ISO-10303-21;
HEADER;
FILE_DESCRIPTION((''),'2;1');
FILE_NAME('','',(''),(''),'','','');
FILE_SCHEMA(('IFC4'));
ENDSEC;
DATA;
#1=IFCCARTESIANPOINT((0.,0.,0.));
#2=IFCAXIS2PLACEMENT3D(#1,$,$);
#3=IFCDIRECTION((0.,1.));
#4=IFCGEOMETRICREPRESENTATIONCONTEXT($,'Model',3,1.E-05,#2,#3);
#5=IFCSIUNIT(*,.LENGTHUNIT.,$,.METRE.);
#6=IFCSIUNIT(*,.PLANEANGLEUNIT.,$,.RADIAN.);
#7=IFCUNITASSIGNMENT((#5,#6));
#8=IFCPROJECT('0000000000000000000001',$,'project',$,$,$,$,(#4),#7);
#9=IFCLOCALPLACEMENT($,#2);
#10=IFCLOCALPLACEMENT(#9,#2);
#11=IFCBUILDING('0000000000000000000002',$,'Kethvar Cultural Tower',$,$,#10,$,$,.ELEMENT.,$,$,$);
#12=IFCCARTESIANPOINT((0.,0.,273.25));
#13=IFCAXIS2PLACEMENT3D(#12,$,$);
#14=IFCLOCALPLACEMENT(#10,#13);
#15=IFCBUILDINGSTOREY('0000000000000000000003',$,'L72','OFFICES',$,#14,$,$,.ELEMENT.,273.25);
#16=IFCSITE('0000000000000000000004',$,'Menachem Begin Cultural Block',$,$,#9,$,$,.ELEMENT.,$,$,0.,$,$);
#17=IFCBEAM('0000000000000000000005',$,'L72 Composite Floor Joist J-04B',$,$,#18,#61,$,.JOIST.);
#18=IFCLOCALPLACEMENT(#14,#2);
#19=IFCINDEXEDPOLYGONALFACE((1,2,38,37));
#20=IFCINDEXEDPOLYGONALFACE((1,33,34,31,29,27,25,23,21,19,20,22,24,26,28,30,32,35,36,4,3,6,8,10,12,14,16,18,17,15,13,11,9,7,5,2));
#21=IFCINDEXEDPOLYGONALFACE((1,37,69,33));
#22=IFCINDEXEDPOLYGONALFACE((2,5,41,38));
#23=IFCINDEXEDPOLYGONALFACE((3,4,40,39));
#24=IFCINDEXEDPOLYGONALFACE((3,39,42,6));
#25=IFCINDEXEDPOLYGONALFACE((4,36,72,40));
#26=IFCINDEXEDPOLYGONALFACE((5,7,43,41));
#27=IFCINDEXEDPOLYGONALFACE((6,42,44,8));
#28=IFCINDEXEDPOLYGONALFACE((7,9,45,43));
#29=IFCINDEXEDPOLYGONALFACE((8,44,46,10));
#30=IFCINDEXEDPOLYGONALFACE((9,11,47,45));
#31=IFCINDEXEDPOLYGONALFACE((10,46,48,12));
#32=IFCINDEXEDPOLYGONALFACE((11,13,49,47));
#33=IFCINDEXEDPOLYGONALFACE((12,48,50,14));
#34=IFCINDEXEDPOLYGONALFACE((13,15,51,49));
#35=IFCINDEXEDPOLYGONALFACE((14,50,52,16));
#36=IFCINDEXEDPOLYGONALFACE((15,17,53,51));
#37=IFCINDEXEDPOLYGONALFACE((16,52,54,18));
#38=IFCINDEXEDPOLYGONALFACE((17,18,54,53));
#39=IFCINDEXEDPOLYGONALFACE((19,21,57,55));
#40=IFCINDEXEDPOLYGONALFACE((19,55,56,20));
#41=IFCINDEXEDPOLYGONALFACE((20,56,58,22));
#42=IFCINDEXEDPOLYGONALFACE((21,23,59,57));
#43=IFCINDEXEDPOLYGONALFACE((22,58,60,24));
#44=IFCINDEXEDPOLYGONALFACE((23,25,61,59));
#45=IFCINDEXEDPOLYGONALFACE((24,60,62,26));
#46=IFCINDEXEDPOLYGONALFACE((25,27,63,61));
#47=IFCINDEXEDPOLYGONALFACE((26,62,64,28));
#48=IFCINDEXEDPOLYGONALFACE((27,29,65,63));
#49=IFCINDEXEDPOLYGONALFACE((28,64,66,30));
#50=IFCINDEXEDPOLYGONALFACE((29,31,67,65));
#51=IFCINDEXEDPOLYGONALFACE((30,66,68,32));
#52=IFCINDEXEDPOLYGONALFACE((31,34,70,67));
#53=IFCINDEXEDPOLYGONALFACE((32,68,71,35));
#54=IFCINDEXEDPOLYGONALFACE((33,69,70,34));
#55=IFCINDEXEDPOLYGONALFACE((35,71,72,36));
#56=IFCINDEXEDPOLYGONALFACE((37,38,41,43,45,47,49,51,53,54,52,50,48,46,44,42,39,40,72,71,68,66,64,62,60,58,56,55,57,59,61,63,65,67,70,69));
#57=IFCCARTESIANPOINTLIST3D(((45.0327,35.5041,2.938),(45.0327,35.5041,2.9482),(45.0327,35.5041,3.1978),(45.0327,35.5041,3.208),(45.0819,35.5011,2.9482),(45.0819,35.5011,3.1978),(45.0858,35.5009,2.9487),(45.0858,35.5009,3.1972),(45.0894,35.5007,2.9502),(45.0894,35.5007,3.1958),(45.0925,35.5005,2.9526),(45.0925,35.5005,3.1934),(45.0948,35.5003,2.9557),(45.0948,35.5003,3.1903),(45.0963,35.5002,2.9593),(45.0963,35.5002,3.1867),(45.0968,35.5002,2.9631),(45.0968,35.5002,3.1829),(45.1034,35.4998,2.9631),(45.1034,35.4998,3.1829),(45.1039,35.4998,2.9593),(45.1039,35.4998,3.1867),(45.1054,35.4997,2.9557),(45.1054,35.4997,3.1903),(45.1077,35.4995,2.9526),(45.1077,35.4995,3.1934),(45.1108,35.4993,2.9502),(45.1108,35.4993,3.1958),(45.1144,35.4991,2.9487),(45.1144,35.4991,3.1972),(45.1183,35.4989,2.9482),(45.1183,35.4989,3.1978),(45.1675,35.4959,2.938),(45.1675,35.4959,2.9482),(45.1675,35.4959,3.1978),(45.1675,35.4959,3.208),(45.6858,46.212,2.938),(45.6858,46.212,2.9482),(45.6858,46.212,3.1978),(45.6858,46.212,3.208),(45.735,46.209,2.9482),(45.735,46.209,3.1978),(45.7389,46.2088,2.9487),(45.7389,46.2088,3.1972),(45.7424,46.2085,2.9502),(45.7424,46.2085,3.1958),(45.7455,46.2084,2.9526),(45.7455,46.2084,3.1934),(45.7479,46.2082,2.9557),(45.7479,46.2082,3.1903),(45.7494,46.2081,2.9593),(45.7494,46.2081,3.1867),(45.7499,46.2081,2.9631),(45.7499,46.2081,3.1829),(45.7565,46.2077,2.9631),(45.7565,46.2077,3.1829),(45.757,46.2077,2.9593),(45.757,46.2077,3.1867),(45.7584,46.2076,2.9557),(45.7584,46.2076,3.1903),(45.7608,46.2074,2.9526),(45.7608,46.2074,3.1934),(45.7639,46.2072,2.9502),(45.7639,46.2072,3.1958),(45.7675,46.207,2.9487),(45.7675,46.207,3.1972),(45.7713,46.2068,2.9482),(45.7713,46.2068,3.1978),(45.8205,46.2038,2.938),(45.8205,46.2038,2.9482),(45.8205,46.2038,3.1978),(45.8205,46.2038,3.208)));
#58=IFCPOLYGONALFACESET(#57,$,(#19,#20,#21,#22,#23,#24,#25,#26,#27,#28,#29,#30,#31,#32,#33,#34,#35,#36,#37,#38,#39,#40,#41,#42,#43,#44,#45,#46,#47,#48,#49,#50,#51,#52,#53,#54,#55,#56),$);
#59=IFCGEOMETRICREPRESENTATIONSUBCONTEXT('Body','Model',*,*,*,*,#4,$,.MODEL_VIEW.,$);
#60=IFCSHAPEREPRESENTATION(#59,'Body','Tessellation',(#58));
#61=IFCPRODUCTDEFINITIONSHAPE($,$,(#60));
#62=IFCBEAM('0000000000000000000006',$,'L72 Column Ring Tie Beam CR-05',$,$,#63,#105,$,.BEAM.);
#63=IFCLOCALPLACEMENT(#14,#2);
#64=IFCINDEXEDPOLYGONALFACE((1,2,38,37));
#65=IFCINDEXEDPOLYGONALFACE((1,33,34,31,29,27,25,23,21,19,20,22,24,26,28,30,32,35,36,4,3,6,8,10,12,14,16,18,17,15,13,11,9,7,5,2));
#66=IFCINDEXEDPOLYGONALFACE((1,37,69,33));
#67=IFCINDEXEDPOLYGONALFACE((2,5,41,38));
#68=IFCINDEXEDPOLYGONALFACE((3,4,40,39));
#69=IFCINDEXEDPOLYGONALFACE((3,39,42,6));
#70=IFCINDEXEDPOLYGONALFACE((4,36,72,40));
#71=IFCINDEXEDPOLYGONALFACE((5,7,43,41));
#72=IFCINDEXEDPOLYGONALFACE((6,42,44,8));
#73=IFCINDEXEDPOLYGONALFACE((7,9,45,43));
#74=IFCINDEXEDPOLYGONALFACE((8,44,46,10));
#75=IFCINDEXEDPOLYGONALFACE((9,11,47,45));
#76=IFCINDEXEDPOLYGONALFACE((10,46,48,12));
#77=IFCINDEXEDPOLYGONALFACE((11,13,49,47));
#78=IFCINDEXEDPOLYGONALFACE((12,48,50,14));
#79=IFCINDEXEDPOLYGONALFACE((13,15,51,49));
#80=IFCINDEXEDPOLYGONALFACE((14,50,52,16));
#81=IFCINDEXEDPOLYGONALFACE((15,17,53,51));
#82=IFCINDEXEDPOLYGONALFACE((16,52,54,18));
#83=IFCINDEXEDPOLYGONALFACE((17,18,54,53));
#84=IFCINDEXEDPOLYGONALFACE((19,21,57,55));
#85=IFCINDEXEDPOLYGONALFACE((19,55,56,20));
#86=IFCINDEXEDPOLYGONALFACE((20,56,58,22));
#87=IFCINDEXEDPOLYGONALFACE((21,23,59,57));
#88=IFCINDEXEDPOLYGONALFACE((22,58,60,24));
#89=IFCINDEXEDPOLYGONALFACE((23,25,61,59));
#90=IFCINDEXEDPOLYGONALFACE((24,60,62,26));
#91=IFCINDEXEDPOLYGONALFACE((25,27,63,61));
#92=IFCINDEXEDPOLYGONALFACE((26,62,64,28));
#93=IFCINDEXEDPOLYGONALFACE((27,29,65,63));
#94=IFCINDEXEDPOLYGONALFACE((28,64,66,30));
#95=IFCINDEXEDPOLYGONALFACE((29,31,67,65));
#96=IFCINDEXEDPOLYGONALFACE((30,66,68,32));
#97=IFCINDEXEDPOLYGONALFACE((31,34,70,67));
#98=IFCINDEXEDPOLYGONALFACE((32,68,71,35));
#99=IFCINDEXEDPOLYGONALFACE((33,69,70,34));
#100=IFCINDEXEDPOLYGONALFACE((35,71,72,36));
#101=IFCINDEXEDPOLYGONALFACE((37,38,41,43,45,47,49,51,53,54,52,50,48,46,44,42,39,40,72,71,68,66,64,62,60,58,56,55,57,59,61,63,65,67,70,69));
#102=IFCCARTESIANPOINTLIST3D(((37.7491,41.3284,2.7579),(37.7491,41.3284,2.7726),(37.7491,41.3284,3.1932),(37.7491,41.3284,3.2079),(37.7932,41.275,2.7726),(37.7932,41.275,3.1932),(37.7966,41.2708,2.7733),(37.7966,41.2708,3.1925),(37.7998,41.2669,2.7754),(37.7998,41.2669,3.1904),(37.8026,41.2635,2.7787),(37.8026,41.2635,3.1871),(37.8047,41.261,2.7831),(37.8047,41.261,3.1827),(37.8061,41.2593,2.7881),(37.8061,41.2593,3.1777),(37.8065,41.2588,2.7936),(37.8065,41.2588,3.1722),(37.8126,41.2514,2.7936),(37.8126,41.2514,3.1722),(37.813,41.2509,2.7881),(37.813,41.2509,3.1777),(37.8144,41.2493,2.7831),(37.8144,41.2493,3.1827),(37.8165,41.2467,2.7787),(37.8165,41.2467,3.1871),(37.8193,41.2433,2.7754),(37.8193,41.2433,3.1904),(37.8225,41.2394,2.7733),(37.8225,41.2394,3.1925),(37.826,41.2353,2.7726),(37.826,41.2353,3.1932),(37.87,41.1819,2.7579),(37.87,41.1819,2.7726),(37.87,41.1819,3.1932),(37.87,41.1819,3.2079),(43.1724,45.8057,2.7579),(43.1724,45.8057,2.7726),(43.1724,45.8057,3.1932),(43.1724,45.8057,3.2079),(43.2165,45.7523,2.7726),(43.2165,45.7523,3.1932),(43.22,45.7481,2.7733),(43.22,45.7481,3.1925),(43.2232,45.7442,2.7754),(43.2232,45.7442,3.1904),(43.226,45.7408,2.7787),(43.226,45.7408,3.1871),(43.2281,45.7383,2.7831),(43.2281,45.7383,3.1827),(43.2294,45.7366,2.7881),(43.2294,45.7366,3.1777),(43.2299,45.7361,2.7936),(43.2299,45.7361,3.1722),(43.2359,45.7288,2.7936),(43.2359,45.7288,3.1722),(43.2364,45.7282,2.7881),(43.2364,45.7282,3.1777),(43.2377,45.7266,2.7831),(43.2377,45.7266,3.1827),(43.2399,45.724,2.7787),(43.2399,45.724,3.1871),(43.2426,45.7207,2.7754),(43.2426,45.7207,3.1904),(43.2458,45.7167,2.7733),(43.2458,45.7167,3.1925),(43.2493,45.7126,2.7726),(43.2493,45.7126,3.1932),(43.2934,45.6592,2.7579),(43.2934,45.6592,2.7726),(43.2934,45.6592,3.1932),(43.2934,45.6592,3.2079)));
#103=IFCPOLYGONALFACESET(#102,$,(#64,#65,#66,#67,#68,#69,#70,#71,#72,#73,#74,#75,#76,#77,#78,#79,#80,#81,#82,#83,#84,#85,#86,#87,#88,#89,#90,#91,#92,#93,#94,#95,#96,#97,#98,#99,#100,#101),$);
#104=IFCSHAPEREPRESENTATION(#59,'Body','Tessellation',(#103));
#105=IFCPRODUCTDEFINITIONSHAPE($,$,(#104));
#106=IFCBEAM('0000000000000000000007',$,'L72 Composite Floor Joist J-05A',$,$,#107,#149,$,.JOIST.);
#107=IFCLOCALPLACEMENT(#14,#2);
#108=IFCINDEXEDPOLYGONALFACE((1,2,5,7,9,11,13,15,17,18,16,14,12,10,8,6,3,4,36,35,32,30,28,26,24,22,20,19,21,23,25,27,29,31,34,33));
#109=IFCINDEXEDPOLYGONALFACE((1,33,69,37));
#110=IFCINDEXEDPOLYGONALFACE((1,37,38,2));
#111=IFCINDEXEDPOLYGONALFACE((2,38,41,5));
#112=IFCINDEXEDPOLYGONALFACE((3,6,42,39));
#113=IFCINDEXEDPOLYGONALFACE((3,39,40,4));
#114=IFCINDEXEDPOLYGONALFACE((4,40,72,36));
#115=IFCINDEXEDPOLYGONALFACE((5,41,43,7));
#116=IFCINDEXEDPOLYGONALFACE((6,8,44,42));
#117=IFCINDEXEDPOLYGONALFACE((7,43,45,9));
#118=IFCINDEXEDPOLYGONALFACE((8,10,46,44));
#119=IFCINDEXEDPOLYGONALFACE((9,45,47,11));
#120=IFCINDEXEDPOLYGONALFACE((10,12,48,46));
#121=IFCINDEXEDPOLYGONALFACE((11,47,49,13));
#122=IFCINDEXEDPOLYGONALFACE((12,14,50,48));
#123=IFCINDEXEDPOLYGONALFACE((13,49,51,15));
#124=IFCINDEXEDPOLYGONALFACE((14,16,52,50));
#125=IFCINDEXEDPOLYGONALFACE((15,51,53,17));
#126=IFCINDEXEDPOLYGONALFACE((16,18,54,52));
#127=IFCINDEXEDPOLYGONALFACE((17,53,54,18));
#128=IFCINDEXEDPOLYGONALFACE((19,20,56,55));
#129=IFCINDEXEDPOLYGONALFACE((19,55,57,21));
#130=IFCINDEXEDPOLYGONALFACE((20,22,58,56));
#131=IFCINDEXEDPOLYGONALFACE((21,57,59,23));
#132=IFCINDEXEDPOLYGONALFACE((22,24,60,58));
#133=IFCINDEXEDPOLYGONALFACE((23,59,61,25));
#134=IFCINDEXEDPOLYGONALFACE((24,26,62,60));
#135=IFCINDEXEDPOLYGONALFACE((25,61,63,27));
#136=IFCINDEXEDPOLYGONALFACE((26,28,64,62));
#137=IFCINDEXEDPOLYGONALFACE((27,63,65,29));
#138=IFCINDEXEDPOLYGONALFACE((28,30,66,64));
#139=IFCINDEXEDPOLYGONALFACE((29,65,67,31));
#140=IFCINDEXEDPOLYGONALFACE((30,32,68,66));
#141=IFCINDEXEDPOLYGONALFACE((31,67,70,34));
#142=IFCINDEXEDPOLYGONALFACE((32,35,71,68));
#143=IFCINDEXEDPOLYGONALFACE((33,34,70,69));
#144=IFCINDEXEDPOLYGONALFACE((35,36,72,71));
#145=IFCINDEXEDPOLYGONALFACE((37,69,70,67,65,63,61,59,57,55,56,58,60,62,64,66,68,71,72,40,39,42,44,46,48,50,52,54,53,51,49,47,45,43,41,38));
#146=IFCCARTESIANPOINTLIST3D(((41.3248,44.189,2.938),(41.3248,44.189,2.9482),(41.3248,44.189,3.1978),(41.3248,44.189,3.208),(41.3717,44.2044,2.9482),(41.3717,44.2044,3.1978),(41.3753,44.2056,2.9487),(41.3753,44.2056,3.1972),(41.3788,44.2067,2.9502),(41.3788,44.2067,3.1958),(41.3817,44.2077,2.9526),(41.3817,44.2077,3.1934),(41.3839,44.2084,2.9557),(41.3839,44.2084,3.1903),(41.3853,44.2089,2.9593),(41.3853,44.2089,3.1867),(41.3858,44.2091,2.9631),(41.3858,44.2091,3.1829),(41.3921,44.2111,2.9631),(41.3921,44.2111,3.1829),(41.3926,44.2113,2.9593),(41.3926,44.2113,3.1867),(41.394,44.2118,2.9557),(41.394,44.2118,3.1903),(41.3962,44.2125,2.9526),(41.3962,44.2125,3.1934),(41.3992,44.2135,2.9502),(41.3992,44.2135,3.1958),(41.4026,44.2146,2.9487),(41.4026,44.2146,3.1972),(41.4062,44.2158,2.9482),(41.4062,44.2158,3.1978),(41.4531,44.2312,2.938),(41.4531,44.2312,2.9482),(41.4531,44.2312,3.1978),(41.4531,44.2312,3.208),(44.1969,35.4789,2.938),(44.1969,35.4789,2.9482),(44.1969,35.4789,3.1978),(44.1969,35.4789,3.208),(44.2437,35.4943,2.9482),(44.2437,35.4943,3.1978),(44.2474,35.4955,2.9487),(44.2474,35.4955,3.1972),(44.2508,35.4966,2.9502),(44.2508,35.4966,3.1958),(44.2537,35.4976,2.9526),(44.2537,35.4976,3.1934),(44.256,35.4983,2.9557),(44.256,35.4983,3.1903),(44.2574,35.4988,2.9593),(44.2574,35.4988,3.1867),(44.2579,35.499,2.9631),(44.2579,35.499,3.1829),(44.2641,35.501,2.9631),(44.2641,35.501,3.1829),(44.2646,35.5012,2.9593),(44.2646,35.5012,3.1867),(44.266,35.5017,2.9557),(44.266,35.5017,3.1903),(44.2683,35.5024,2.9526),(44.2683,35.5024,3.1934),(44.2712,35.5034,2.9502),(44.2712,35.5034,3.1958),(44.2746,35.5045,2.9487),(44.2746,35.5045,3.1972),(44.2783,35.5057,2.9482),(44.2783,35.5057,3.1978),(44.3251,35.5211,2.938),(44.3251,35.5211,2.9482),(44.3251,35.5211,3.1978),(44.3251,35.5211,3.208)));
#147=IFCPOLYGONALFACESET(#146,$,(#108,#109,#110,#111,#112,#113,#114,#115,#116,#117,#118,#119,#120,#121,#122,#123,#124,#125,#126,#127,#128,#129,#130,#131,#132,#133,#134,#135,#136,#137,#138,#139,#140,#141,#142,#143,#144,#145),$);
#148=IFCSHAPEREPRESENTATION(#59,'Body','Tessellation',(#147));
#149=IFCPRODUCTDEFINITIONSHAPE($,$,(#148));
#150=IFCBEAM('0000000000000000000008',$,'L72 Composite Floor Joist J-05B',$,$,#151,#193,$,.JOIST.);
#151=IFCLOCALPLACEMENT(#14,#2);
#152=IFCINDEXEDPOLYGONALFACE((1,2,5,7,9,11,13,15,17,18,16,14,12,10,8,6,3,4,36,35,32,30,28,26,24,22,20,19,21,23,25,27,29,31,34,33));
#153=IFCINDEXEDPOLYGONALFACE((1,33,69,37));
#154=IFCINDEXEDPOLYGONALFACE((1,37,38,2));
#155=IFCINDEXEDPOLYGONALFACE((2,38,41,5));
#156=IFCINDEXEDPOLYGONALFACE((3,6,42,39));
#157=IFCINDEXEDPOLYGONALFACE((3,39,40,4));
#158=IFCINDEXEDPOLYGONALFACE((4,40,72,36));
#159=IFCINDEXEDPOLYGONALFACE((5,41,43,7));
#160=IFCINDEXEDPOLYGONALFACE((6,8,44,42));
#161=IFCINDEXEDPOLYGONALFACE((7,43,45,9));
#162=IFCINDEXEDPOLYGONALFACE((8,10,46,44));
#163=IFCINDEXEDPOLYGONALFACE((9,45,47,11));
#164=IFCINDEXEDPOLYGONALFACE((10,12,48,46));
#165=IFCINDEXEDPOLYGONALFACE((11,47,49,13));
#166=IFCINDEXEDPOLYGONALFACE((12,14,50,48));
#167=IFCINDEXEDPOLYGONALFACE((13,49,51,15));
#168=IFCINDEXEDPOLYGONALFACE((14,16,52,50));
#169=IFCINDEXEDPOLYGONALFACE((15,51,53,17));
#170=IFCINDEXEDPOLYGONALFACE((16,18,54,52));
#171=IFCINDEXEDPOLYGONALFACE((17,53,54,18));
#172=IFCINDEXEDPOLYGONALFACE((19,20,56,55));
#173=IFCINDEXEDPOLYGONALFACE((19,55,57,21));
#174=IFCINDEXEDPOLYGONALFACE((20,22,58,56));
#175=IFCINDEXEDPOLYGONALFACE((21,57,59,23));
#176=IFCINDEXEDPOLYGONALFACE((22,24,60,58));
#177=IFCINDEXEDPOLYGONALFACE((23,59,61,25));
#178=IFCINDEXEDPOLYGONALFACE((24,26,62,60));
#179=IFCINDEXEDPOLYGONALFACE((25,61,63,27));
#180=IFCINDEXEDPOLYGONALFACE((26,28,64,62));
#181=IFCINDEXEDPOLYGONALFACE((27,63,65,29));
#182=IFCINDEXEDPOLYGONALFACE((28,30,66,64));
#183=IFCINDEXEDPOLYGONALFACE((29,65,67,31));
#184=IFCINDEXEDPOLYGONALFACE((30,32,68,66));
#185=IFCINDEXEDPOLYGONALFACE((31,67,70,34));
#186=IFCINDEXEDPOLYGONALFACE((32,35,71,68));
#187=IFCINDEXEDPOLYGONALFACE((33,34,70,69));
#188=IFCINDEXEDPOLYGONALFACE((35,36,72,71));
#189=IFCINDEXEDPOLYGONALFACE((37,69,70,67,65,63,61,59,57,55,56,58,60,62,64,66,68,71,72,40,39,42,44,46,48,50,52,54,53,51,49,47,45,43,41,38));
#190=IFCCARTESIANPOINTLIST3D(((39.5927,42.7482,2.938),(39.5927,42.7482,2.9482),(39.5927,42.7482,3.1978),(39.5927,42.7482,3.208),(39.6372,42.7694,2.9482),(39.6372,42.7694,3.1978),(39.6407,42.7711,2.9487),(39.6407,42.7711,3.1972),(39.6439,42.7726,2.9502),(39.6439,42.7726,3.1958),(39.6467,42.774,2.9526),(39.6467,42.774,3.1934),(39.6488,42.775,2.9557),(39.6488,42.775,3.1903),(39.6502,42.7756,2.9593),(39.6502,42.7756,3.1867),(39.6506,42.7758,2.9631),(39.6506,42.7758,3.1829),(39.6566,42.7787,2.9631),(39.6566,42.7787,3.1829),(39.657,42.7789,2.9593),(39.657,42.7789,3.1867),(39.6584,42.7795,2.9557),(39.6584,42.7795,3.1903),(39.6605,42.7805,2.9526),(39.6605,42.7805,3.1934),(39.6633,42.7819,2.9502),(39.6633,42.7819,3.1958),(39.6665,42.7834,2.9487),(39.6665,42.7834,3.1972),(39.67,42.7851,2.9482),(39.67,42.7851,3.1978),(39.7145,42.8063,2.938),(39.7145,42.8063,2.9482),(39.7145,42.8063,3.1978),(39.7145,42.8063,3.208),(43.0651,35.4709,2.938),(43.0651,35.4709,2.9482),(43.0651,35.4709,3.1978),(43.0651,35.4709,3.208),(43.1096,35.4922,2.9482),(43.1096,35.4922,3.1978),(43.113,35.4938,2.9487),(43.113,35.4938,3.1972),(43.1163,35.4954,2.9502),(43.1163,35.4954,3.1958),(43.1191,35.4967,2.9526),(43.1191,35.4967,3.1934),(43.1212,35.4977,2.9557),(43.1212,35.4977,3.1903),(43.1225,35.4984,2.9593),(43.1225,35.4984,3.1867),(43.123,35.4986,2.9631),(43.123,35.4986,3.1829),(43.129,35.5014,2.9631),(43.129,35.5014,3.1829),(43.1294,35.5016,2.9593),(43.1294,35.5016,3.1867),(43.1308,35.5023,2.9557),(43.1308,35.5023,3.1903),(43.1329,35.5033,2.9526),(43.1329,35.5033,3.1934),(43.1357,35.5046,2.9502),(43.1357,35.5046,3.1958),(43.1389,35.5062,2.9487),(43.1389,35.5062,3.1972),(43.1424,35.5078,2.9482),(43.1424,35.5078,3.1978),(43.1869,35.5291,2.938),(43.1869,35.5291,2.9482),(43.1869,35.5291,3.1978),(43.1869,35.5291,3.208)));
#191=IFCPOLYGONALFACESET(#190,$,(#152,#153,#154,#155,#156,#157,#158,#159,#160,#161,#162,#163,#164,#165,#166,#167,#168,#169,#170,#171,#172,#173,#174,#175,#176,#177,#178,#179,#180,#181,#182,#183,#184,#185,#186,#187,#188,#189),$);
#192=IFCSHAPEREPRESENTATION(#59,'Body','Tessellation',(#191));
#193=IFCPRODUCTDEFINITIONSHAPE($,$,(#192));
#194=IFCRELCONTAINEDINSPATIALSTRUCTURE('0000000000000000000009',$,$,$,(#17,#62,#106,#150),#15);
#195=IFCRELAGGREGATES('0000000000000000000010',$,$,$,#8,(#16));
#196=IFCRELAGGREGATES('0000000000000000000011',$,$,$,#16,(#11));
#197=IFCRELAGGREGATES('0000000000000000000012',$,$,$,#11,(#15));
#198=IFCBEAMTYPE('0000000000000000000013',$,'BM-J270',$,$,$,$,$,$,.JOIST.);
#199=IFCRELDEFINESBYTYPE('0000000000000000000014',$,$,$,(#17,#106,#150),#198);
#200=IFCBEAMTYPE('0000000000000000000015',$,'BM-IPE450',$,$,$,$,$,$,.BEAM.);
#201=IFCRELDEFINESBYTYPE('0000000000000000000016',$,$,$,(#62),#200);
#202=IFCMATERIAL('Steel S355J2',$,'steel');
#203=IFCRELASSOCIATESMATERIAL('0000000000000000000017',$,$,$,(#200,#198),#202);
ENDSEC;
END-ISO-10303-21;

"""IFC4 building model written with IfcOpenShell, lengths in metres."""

from ifc_helpers import new_model, si_unit, direction, frame, origin, origin_2d, place, context, subcontext, project, spatial, i_section, extrude, source, transform, mapped, material, material_profile, profile_set, type_object, element, save


model = new_model("IFC4")

# Units and contexts
model_context = context("Model", 3, precision=1e-05, world=origin(), true_north=direction((0.0, 1.0)))
body_context = subcontext(model_context, "Body", "Model", "MODEL_VIEW")
ifc_project = project(units=[si_unit("LENGTHUNIT", "METRE"), si_unit("PLANEANGLEUNIT", "RADIAN")], contexts=[model_context])

# Site, building, storey
site_placement = place(None, origin())
site = spatial("IfcSite", under=ifc_project, at=site_placement, Name="Menachem Begin Cultural Block", CompositionType="ELEMENT", RefElevation=0.0)
building_placement = place(site_placement, origin())
building = spatial("IfcBuilding", under=site, at=building_placement, Name="Kethvar Cultural Tower", CompositionType="ELEMENT")
storey_placement = place(building_placement, frame((0.0, 0.0, 273.25)))
storey = spatial("IfcBuildingStorey", under=building, at=storey_placement, Name="L72", Description="OFFICES", CompositionType="ELEMENT", Elevation=273.25)

# Shared definitions
ifc_material_1 = material(Name="Steel S355J2", Category="steel")

# Beams
ifc_material_profile_1 = material_profile(ifc_material_1, i_section(OverallWidth=0.1899, OverallDepth=0.45, WebThickness=0.0095, FlangeThickness=0.0146, FilletRadius=0.021, at=origin_2d()), Name="Steel S355J2 — IPE450")
ifc_profile_set_1 = profile_set([ifc_material_profile_1], Name="Steel S355J2 — IPE450")
beam_type_1 = type_object("IfcBeamType", Name="BM-IPE450", PredefinedType="BEAM", material=ifc_profile_set_1)
ifc_material_profile_2 = material_profile(ifc_material_1, i_section(OverallWidth=0.135, OverallDepth=0.27, WebThickness=0.0066, FlangeThickness=0.0103, FilletRadius=0.0149, at=origin_2d()), Name="Steel S355J2 — IPE270")
ifc_profile_set_2 = profile_set([ifc_material_profile_2], Name="Steel S355J2 — IPE270")
beam_type_2 = type_object("IfcBeamType", Name="BM-J270", PredefinedType="JOIST", material=ifc_profile_set_2)
shared_shape_1 = source(origin(), body_context, "Body", "SweptSolid", [
    extrude(i_section(OverallWidth=0.135, OverallDepth=0.27, WebThickness=0.0066, FlangeThickness=0.0103, FilletRadius=0.0149, at=origin_2d()), origin(), (0.0, 0.0, 1.0), 10.7278),
])
beam_1_placement = place(storey_placement, frame((45.1001, 35.5, 3.073), z_axis=(0.060876, 0.998145, 0.0), x_axis=(-0.998145, 0.060876, 0.0)))
element("IfcBeam", 1, at=beam_1_placement, inside=storey, type_object=beam_type_2, Name="L72 Composite Floor Joist J-04B", PredefinedType="JOIST", context=body_context, shape_type="MappedRepresentation", body=[
    mapped(shared_shape_1, transform((0.0, 0.0, 0.0), scale=1.0)),
])
shared_shape_2 = source(origin(), body_context, "Body", "SweptSolid", [
    extrude(i_section(OverallWidth=0.1899, OverallDepth=0.45, WebThickness=0.0095, FlangeThickness=0.0146, FilletRadius=0.021, at=origin_2d()), origin(), (0.0, 0.0, 1.0), 7.0327),
])
beam_2_placement = place(storey_placement, frame((43.2329, 45.7324, 2.9829), z_axis=(-0.771161, -0.63664, 0.0), x_axis=(0.63664, -0.771161, 0.0)))
element("IfcBeam", 2, at=beam_2_placement, inside=storey, type_object=beam_type_1, Name="L72 Column Ring Tie Beam CR-05", PredefinedType="BEAM", context=body_context, shape_type="MappedRepresentation", body=[
    mapped(shared_shape_2, transform((0.0, 0.0, 0.0), scale=1.0)),
])
shared_shape_3 = source(origin(), body_context, "Body", "SweptSolid", [
    extrude(i_section(OverallWidth=0.135, OverallDepth=0.27, WebThickness=0.0066, FlangeThickness=0.0103, FilletRadius=0.0149, at=origin_2d()), origin(), (0.0, 0.0, 1.0), 9.1714),
])
beam_3_placement = place(storey_placement, frame((44.261, 35.5, 3.073), z_axis=(-0.313152, 0.949703, 0.0), x_axis=(-0.949703, -0.313152, 0.0)))
element("IfcBeam", 3, at=beam_3_placement, inside=storey, type_object=beam_type_2, Name="L72 Composite Floor Joist J-05A", PredefinedType="JOIST", context=body_context, shape_type="MappedRepresentation", body=[
    mapped(shared_shape_3, transform((0.0, 0.0, 0.0), scale=1.0)),
])
shared_shape_4 = source(origin(), body_context, "Body", "SweptSolid", [
    extrude(i_section(OverallWidth=0.135, OverallDepth=0.27, WebThickness=0.0066, FlangeThickness=0.0103, FilletRadius=0.0149, at=origin_2d()), origin(), (0.0, 0.0, 1.0), 8.0632),
])
beam_4_placement = place(storey_placement, frame((43.126, 35.5, 3.073), z_axis=(-0.430642, 0.902523, 0.0), x_axis=(-0.902523, -0.430642, 0.0)))
element("IfcBeam", 4, at=beam_4_placement, inside=storey, type_object=beam_type_2, Name="L72 Composite Floor Joist J-05B", PredefinedType="JOIST", context=body_context, shape_type="MappedRepresentation", body=[
    mapped(shared_shape_4, transform((0.0, 0.0, 0.0), scale=1.0)),
])

save(model, "model.ifc")
